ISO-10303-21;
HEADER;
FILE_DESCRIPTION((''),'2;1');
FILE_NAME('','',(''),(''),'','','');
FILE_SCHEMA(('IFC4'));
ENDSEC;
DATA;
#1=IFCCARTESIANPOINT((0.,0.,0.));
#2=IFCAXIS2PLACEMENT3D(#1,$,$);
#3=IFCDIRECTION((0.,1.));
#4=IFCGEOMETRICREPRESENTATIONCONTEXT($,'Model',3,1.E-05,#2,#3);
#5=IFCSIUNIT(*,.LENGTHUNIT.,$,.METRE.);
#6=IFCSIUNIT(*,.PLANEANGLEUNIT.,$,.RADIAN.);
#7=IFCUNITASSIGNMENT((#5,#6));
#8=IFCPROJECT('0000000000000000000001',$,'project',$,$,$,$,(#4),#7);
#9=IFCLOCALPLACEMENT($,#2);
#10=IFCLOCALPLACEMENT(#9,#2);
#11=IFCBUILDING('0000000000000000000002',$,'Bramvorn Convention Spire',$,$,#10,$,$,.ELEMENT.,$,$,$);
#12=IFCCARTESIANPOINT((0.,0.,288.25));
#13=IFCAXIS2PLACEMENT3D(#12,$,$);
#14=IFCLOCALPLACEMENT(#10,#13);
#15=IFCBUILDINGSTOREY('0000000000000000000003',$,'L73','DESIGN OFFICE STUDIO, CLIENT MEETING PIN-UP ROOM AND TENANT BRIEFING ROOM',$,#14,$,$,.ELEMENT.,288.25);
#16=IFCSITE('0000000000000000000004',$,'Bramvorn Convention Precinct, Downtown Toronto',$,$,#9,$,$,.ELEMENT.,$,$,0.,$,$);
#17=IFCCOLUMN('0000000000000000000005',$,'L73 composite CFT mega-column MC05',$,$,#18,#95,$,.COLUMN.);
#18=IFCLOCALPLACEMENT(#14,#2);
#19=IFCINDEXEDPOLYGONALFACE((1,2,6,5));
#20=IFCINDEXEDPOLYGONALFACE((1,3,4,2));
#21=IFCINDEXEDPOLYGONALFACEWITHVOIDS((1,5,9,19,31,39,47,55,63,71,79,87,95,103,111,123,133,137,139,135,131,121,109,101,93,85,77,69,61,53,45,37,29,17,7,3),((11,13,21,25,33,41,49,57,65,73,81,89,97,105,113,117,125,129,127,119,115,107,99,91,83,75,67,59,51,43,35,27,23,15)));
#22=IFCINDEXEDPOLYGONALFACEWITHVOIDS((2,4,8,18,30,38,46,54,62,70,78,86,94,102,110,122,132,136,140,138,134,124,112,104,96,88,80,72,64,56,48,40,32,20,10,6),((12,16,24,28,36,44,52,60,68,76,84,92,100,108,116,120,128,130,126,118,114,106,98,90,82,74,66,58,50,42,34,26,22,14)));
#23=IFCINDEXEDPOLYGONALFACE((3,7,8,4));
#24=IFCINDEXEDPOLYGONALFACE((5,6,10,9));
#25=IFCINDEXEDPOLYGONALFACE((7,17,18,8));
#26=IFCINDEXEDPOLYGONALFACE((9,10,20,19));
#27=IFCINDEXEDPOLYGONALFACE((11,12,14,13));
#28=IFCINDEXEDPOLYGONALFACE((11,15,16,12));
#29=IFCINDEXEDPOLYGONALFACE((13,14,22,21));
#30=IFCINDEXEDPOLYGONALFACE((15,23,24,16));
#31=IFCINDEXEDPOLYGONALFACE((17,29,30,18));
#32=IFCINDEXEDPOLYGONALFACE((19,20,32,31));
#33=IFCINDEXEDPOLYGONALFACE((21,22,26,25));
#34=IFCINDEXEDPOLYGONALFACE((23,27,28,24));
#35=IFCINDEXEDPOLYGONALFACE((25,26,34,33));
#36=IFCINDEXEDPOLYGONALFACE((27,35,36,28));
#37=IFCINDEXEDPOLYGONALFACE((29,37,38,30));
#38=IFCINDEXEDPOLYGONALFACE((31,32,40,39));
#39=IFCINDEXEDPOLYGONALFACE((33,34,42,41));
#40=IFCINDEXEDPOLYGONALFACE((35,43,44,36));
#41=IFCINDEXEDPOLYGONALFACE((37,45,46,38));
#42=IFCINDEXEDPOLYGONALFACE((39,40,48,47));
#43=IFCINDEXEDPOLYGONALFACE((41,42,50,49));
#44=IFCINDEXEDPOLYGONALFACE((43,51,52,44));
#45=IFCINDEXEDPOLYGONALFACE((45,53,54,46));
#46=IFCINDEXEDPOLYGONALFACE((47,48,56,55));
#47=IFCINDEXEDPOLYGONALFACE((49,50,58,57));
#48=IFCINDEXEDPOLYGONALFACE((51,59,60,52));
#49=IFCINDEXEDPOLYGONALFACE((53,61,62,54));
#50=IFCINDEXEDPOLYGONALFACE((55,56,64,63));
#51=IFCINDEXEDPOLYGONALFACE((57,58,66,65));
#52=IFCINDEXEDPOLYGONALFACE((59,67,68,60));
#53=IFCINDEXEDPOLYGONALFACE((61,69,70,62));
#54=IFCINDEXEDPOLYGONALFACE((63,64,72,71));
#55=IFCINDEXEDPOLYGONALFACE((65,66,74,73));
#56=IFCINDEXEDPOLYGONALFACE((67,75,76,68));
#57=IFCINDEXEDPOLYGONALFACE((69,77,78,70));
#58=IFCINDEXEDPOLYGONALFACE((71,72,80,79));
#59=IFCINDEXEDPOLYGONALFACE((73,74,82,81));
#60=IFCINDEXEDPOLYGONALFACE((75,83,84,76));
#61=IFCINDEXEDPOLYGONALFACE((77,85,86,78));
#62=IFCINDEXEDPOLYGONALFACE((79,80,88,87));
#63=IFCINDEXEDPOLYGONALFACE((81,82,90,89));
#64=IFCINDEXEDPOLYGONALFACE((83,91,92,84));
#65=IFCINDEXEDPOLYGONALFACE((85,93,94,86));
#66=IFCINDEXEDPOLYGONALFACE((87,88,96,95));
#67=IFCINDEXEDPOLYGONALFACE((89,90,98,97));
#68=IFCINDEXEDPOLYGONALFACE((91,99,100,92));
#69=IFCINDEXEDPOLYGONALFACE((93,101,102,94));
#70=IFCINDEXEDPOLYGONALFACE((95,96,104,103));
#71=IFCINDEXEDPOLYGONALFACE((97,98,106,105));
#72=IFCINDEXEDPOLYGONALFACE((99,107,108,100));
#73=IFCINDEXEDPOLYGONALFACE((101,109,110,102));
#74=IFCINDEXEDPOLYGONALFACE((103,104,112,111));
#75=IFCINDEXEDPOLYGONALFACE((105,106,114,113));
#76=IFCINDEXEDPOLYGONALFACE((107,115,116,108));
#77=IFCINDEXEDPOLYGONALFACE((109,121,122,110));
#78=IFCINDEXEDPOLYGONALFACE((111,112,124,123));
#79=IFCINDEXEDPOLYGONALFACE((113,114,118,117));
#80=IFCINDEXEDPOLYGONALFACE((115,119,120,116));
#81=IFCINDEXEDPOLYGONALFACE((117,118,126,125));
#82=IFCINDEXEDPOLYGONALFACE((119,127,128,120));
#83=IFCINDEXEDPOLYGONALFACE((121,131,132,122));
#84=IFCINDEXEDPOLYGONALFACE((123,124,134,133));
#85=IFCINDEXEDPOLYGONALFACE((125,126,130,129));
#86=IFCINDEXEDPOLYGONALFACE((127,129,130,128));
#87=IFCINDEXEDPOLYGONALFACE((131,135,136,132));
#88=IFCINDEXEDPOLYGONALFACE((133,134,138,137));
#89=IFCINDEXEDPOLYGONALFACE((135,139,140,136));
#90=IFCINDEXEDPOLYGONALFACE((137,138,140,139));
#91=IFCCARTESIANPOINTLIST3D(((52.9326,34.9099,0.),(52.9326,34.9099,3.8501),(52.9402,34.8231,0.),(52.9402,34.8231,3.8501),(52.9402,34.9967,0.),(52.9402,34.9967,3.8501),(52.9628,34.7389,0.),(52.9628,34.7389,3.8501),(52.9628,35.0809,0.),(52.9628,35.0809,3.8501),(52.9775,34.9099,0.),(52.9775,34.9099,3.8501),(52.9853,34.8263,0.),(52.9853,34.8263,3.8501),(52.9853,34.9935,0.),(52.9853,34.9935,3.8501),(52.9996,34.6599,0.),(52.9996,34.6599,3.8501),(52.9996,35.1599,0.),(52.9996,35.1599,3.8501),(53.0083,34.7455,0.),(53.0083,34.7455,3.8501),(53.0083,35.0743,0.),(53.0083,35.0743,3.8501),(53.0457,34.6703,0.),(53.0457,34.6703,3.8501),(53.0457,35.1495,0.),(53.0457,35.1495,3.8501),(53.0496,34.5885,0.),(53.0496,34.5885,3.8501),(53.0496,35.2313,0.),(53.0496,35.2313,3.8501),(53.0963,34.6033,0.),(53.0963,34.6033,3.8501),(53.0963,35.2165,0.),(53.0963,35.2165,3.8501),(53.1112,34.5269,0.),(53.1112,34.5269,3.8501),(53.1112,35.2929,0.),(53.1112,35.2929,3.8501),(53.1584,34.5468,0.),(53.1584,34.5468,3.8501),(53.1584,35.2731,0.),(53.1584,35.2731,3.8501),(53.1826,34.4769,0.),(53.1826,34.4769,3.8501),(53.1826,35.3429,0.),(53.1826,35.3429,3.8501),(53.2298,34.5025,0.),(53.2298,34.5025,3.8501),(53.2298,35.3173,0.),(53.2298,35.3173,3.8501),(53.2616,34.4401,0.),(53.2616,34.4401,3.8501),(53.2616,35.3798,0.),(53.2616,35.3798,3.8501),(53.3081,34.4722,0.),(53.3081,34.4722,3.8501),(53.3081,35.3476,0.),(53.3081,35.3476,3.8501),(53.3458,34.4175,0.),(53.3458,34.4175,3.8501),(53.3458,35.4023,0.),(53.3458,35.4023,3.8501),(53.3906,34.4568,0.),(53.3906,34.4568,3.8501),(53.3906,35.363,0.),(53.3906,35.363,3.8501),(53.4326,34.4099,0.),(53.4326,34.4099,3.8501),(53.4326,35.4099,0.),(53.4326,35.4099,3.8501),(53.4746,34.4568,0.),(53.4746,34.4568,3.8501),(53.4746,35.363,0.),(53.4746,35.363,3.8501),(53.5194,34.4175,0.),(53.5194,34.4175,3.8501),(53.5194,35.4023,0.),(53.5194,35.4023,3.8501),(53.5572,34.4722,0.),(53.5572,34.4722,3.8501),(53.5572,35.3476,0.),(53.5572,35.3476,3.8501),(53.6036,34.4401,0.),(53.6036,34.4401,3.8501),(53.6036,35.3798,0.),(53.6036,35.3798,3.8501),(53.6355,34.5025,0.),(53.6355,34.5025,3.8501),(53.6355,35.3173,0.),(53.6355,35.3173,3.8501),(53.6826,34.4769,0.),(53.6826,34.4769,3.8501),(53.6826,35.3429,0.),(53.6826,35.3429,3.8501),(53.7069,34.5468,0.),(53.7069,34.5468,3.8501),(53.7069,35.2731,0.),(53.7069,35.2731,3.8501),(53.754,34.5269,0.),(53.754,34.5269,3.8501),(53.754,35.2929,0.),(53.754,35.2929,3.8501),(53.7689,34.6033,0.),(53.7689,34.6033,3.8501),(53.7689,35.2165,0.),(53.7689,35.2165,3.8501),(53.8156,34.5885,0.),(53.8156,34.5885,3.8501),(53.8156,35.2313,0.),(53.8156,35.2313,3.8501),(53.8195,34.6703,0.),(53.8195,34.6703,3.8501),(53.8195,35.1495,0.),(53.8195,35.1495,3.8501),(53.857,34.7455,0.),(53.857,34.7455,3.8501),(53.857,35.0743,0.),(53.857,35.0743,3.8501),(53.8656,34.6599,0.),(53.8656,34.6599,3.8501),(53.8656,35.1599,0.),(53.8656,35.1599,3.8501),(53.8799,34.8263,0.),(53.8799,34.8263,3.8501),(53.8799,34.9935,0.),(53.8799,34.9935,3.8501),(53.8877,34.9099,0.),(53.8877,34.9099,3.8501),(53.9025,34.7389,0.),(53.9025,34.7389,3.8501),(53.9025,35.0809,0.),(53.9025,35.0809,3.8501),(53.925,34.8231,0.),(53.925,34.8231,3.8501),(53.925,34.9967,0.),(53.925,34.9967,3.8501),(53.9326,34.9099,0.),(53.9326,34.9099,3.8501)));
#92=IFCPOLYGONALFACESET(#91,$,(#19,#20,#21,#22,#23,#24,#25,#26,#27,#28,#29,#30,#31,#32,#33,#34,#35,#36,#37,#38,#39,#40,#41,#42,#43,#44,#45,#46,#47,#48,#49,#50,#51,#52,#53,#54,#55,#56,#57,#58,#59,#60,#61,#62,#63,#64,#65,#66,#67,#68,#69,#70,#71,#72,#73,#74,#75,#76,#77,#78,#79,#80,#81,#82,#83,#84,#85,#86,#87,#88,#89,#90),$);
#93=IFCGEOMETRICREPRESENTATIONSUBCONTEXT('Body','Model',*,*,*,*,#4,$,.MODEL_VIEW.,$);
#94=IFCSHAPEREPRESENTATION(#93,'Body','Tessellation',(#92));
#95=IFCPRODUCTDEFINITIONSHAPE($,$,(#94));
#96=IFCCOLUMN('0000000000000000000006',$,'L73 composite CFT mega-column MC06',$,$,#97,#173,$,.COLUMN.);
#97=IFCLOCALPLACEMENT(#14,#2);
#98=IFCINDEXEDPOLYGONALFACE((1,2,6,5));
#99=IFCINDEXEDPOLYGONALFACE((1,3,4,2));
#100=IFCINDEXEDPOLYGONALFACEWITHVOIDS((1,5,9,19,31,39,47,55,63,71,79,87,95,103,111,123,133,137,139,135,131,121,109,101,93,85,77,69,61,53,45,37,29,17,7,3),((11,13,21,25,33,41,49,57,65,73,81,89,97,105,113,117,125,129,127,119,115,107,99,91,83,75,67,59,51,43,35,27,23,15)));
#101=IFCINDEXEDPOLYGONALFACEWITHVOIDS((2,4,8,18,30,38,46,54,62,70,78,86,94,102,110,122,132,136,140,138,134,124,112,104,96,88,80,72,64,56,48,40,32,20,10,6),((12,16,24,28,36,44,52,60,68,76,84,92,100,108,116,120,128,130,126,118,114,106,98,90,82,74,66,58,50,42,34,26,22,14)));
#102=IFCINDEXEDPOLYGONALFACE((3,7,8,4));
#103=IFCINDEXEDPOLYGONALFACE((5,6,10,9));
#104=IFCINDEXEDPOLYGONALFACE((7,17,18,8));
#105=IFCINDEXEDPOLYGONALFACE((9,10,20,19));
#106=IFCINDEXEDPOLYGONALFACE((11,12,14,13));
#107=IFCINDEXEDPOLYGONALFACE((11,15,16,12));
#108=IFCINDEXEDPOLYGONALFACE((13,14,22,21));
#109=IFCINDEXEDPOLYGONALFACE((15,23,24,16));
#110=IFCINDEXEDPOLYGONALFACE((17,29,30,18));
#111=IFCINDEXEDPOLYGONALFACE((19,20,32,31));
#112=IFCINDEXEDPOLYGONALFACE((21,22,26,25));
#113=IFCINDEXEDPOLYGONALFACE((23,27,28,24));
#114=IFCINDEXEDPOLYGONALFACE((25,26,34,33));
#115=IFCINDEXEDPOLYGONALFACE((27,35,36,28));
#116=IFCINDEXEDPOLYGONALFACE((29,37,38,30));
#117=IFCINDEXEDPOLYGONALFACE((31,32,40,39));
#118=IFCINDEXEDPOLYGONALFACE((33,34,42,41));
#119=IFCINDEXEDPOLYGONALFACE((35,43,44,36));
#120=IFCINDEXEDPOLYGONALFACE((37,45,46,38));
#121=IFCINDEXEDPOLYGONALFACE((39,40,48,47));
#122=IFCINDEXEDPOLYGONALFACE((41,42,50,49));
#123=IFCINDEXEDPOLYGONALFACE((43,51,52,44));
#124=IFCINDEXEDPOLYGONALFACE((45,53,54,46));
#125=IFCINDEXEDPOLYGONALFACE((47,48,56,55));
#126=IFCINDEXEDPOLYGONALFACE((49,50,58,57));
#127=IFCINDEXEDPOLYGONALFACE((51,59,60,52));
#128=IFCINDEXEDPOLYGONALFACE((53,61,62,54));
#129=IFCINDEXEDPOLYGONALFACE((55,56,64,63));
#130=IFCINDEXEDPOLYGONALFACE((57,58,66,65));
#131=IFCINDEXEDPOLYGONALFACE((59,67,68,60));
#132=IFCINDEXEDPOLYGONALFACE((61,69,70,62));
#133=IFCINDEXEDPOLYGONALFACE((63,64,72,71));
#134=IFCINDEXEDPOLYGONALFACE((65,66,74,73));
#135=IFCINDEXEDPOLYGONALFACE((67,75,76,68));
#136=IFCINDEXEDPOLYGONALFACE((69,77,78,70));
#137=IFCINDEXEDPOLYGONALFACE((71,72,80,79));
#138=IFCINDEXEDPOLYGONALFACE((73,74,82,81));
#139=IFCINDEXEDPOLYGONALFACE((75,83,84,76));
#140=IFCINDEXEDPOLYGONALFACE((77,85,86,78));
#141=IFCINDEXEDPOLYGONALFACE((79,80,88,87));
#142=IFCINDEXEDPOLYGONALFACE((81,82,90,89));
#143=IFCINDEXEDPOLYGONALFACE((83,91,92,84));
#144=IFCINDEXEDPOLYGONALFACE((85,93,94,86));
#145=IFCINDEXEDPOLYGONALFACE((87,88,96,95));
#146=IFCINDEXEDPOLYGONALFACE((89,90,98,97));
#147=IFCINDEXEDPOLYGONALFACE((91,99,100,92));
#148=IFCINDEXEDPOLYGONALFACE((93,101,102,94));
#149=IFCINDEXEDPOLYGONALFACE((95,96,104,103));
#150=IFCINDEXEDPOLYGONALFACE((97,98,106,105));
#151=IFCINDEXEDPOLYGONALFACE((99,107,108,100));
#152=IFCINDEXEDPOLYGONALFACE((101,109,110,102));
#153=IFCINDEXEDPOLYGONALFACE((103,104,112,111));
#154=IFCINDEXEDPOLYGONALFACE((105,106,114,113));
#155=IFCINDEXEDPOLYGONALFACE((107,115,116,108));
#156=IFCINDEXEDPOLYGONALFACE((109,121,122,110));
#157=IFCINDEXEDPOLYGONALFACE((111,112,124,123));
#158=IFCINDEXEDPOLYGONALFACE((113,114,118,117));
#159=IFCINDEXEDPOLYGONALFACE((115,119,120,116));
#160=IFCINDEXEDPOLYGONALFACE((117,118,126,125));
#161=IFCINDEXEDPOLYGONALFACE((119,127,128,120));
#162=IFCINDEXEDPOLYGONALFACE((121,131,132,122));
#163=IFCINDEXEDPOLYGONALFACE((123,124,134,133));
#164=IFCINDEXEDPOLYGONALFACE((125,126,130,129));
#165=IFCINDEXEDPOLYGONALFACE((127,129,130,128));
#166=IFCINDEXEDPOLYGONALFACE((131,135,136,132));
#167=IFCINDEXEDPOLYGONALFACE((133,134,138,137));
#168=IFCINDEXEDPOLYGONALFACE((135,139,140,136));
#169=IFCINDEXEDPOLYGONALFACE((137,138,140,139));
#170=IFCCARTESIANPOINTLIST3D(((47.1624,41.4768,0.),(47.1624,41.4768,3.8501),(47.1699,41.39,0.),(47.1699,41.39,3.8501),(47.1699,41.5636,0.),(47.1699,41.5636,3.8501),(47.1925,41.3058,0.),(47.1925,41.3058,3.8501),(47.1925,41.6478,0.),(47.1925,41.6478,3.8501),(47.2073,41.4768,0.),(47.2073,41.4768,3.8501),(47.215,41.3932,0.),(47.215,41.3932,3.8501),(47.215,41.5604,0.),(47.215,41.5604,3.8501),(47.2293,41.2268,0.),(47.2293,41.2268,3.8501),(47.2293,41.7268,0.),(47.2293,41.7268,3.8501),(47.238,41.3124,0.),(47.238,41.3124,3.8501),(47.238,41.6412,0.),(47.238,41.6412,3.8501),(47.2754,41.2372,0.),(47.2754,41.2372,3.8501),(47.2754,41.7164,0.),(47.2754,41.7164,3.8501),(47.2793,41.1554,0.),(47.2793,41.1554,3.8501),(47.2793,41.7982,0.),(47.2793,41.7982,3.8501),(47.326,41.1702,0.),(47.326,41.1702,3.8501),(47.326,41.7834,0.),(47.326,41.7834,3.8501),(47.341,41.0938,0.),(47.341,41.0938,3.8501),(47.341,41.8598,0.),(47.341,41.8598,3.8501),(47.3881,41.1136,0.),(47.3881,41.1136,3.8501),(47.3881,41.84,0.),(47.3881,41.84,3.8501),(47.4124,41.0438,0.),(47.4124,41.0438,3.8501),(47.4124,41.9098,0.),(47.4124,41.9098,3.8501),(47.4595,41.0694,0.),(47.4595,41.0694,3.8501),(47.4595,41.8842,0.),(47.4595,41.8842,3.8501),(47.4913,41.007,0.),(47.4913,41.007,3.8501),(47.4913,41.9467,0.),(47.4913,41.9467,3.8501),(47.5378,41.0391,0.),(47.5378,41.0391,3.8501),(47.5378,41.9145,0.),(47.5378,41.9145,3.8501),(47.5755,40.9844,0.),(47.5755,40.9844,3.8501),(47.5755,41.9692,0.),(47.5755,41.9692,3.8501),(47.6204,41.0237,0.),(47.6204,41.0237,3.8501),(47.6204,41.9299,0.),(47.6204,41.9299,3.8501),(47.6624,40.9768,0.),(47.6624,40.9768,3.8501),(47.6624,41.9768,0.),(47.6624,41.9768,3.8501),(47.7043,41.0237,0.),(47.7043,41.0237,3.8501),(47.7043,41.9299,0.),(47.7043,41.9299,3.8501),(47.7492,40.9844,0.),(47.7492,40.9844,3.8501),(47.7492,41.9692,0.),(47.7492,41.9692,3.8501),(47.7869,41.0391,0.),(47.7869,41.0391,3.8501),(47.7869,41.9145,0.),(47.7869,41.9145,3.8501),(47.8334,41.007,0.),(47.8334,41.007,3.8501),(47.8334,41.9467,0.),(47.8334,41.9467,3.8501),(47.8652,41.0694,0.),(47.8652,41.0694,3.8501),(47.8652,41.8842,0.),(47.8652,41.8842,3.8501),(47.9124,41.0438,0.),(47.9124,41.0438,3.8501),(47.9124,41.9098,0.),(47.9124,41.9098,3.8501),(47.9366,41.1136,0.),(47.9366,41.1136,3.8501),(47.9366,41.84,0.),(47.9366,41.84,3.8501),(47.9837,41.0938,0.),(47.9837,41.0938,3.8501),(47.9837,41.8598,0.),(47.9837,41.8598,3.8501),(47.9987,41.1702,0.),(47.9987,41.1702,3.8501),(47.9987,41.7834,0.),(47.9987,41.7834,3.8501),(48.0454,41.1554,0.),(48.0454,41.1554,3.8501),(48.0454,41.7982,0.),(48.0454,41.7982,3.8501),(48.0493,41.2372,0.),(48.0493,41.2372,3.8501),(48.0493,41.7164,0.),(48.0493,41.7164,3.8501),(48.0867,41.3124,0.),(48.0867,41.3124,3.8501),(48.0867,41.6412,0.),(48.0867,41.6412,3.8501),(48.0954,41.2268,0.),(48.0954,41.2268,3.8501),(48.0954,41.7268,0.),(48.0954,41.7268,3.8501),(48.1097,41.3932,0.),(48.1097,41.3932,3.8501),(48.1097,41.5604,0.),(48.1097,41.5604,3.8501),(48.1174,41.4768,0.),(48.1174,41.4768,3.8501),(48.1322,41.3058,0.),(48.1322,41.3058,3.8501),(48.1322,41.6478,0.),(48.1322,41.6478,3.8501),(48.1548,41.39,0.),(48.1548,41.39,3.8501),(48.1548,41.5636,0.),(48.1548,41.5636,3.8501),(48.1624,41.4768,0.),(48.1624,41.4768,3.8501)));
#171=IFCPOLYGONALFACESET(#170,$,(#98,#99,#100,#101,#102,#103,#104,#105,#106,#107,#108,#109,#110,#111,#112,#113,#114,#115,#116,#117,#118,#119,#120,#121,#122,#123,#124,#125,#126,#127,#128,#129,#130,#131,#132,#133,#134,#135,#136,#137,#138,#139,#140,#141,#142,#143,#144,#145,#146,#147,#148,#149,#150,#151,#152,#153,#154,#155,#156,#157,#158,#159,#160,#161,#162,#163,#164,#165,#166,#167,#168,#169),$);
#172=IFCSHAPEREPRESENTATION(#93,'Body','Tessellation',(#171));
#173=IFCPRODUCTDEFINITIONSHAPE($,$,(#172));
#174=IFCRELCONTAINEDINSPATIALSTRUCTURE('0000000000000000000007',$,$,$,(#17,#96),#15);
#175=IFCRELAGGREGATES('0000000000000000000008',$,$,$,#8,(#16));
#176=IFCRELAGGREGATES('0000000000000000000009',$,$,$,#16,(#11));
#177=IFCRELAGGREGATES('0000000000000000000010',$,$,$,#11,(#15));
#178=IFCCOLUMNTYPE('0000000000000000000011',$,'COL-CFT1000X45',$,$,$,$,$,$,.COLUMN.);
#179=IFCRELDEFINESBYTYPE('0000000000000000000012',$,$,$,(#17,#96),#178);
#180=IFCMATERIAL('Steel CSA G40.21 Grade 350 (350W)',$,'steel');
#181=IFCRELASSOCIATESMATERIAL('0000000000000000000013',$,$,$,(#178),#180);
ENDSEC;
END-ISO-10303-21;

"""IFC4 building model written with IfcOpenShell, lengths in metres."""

from ifc_helpers import new_model, si_unit, direction, frame, origin, origin_2d, place, context, subcontext, project, spatial, hollow_circle, extrude, material, material_profile, profile_set, type_object, element, save


model = new_model("IFC4")

# Units and contexts
model_context = context("Model", 3, precision=1e-05, world=origin(), true_north=direction((0.0, 1.0)))
body_context = subcontext(model_context, "Body", "Model", "MODEL_VIEW")
ifc_project = project(units=[si_unit("LENGTHUNIT", "METRE"), si_unit("PLANEANGLEUNIT", "RADIAN")], contexts=[model_context])

# Site, building, storey
site_placement = place(None, origin())
site = spatial("IfcSite", under=ifc_project, at=site_placement, Name="Bramvorn Convention Precinct, Downtown Toronto", CompositionType="ELEMENT", RefElevation=0.0)
building_placement = place(site_placement, origin())
building = spatial("IfcBuilding", under=site, at=building_placement, Name="Bramvorn Convention Spire", CompositionType="ELEMENT")
storey_placement = place(building_placement, frame((0.0, 0.0, 288.25)))
storey = spatial("IfcBuildingStorey", under=building, at=storey_placement, Name="L73", Description="DESIGN OFFICE STUDIO, CLIENT MEETING PIN-UP ROOM AND TENANT BRIEFING ROOM", CompositionType="ELEMENT", Elevation=288.25)

# Columns
ifc_material_1 = material(Name="Steel CSA G40.21 Grade 350 (350W)", Category="steel")
ifc_material_profile_1 = material_profile(ifc_material_1, hollow_circle(Radius=0.5, WallThickness=0.0449, at=origin_2d()))
ifc_profile_set_1 = profile_set([ifc_material_profile_1], Name="Steel CSA G40.21 Grade 350 (350W) - CFT1000X45")
column_type = type_object("IfcColumnType", Name="COL-CFT1000X45", PredefinedType="COLUMN", material=ifc_profile_set_1)
for number, where, z_axis, x_axis, name in (
    (1, (53.4326, 34.9099, 0.0), (0.0, 0.0, 1.0), (1.0, 0.0, 0.0), "L73 composite CFT mega-column MC05"),
    (2, (47.6624, 41.4768, 0.0), (0.0, 0.0, 1.0), (1.0, 0.0, 0.0), "L73 composite CFT mega-column MC06"),
):
    element("IfcColumn", number, at=place(storey_placement, frame(where, z_axis=z_axis, x_axis=x_axis)), inside=storey, type_object=column_type, Name=name, PredefinedType="COLUMN", context=body_context, shape_type="SweptSolid", body=[
        extrude(hollow_circle(Radius=0.5, WallThickness=0.0449, at=origin_2d()), origin(), (0.0, 0.0, 1.0), 3.8501),
    ])

save(model, "model.ifc")
